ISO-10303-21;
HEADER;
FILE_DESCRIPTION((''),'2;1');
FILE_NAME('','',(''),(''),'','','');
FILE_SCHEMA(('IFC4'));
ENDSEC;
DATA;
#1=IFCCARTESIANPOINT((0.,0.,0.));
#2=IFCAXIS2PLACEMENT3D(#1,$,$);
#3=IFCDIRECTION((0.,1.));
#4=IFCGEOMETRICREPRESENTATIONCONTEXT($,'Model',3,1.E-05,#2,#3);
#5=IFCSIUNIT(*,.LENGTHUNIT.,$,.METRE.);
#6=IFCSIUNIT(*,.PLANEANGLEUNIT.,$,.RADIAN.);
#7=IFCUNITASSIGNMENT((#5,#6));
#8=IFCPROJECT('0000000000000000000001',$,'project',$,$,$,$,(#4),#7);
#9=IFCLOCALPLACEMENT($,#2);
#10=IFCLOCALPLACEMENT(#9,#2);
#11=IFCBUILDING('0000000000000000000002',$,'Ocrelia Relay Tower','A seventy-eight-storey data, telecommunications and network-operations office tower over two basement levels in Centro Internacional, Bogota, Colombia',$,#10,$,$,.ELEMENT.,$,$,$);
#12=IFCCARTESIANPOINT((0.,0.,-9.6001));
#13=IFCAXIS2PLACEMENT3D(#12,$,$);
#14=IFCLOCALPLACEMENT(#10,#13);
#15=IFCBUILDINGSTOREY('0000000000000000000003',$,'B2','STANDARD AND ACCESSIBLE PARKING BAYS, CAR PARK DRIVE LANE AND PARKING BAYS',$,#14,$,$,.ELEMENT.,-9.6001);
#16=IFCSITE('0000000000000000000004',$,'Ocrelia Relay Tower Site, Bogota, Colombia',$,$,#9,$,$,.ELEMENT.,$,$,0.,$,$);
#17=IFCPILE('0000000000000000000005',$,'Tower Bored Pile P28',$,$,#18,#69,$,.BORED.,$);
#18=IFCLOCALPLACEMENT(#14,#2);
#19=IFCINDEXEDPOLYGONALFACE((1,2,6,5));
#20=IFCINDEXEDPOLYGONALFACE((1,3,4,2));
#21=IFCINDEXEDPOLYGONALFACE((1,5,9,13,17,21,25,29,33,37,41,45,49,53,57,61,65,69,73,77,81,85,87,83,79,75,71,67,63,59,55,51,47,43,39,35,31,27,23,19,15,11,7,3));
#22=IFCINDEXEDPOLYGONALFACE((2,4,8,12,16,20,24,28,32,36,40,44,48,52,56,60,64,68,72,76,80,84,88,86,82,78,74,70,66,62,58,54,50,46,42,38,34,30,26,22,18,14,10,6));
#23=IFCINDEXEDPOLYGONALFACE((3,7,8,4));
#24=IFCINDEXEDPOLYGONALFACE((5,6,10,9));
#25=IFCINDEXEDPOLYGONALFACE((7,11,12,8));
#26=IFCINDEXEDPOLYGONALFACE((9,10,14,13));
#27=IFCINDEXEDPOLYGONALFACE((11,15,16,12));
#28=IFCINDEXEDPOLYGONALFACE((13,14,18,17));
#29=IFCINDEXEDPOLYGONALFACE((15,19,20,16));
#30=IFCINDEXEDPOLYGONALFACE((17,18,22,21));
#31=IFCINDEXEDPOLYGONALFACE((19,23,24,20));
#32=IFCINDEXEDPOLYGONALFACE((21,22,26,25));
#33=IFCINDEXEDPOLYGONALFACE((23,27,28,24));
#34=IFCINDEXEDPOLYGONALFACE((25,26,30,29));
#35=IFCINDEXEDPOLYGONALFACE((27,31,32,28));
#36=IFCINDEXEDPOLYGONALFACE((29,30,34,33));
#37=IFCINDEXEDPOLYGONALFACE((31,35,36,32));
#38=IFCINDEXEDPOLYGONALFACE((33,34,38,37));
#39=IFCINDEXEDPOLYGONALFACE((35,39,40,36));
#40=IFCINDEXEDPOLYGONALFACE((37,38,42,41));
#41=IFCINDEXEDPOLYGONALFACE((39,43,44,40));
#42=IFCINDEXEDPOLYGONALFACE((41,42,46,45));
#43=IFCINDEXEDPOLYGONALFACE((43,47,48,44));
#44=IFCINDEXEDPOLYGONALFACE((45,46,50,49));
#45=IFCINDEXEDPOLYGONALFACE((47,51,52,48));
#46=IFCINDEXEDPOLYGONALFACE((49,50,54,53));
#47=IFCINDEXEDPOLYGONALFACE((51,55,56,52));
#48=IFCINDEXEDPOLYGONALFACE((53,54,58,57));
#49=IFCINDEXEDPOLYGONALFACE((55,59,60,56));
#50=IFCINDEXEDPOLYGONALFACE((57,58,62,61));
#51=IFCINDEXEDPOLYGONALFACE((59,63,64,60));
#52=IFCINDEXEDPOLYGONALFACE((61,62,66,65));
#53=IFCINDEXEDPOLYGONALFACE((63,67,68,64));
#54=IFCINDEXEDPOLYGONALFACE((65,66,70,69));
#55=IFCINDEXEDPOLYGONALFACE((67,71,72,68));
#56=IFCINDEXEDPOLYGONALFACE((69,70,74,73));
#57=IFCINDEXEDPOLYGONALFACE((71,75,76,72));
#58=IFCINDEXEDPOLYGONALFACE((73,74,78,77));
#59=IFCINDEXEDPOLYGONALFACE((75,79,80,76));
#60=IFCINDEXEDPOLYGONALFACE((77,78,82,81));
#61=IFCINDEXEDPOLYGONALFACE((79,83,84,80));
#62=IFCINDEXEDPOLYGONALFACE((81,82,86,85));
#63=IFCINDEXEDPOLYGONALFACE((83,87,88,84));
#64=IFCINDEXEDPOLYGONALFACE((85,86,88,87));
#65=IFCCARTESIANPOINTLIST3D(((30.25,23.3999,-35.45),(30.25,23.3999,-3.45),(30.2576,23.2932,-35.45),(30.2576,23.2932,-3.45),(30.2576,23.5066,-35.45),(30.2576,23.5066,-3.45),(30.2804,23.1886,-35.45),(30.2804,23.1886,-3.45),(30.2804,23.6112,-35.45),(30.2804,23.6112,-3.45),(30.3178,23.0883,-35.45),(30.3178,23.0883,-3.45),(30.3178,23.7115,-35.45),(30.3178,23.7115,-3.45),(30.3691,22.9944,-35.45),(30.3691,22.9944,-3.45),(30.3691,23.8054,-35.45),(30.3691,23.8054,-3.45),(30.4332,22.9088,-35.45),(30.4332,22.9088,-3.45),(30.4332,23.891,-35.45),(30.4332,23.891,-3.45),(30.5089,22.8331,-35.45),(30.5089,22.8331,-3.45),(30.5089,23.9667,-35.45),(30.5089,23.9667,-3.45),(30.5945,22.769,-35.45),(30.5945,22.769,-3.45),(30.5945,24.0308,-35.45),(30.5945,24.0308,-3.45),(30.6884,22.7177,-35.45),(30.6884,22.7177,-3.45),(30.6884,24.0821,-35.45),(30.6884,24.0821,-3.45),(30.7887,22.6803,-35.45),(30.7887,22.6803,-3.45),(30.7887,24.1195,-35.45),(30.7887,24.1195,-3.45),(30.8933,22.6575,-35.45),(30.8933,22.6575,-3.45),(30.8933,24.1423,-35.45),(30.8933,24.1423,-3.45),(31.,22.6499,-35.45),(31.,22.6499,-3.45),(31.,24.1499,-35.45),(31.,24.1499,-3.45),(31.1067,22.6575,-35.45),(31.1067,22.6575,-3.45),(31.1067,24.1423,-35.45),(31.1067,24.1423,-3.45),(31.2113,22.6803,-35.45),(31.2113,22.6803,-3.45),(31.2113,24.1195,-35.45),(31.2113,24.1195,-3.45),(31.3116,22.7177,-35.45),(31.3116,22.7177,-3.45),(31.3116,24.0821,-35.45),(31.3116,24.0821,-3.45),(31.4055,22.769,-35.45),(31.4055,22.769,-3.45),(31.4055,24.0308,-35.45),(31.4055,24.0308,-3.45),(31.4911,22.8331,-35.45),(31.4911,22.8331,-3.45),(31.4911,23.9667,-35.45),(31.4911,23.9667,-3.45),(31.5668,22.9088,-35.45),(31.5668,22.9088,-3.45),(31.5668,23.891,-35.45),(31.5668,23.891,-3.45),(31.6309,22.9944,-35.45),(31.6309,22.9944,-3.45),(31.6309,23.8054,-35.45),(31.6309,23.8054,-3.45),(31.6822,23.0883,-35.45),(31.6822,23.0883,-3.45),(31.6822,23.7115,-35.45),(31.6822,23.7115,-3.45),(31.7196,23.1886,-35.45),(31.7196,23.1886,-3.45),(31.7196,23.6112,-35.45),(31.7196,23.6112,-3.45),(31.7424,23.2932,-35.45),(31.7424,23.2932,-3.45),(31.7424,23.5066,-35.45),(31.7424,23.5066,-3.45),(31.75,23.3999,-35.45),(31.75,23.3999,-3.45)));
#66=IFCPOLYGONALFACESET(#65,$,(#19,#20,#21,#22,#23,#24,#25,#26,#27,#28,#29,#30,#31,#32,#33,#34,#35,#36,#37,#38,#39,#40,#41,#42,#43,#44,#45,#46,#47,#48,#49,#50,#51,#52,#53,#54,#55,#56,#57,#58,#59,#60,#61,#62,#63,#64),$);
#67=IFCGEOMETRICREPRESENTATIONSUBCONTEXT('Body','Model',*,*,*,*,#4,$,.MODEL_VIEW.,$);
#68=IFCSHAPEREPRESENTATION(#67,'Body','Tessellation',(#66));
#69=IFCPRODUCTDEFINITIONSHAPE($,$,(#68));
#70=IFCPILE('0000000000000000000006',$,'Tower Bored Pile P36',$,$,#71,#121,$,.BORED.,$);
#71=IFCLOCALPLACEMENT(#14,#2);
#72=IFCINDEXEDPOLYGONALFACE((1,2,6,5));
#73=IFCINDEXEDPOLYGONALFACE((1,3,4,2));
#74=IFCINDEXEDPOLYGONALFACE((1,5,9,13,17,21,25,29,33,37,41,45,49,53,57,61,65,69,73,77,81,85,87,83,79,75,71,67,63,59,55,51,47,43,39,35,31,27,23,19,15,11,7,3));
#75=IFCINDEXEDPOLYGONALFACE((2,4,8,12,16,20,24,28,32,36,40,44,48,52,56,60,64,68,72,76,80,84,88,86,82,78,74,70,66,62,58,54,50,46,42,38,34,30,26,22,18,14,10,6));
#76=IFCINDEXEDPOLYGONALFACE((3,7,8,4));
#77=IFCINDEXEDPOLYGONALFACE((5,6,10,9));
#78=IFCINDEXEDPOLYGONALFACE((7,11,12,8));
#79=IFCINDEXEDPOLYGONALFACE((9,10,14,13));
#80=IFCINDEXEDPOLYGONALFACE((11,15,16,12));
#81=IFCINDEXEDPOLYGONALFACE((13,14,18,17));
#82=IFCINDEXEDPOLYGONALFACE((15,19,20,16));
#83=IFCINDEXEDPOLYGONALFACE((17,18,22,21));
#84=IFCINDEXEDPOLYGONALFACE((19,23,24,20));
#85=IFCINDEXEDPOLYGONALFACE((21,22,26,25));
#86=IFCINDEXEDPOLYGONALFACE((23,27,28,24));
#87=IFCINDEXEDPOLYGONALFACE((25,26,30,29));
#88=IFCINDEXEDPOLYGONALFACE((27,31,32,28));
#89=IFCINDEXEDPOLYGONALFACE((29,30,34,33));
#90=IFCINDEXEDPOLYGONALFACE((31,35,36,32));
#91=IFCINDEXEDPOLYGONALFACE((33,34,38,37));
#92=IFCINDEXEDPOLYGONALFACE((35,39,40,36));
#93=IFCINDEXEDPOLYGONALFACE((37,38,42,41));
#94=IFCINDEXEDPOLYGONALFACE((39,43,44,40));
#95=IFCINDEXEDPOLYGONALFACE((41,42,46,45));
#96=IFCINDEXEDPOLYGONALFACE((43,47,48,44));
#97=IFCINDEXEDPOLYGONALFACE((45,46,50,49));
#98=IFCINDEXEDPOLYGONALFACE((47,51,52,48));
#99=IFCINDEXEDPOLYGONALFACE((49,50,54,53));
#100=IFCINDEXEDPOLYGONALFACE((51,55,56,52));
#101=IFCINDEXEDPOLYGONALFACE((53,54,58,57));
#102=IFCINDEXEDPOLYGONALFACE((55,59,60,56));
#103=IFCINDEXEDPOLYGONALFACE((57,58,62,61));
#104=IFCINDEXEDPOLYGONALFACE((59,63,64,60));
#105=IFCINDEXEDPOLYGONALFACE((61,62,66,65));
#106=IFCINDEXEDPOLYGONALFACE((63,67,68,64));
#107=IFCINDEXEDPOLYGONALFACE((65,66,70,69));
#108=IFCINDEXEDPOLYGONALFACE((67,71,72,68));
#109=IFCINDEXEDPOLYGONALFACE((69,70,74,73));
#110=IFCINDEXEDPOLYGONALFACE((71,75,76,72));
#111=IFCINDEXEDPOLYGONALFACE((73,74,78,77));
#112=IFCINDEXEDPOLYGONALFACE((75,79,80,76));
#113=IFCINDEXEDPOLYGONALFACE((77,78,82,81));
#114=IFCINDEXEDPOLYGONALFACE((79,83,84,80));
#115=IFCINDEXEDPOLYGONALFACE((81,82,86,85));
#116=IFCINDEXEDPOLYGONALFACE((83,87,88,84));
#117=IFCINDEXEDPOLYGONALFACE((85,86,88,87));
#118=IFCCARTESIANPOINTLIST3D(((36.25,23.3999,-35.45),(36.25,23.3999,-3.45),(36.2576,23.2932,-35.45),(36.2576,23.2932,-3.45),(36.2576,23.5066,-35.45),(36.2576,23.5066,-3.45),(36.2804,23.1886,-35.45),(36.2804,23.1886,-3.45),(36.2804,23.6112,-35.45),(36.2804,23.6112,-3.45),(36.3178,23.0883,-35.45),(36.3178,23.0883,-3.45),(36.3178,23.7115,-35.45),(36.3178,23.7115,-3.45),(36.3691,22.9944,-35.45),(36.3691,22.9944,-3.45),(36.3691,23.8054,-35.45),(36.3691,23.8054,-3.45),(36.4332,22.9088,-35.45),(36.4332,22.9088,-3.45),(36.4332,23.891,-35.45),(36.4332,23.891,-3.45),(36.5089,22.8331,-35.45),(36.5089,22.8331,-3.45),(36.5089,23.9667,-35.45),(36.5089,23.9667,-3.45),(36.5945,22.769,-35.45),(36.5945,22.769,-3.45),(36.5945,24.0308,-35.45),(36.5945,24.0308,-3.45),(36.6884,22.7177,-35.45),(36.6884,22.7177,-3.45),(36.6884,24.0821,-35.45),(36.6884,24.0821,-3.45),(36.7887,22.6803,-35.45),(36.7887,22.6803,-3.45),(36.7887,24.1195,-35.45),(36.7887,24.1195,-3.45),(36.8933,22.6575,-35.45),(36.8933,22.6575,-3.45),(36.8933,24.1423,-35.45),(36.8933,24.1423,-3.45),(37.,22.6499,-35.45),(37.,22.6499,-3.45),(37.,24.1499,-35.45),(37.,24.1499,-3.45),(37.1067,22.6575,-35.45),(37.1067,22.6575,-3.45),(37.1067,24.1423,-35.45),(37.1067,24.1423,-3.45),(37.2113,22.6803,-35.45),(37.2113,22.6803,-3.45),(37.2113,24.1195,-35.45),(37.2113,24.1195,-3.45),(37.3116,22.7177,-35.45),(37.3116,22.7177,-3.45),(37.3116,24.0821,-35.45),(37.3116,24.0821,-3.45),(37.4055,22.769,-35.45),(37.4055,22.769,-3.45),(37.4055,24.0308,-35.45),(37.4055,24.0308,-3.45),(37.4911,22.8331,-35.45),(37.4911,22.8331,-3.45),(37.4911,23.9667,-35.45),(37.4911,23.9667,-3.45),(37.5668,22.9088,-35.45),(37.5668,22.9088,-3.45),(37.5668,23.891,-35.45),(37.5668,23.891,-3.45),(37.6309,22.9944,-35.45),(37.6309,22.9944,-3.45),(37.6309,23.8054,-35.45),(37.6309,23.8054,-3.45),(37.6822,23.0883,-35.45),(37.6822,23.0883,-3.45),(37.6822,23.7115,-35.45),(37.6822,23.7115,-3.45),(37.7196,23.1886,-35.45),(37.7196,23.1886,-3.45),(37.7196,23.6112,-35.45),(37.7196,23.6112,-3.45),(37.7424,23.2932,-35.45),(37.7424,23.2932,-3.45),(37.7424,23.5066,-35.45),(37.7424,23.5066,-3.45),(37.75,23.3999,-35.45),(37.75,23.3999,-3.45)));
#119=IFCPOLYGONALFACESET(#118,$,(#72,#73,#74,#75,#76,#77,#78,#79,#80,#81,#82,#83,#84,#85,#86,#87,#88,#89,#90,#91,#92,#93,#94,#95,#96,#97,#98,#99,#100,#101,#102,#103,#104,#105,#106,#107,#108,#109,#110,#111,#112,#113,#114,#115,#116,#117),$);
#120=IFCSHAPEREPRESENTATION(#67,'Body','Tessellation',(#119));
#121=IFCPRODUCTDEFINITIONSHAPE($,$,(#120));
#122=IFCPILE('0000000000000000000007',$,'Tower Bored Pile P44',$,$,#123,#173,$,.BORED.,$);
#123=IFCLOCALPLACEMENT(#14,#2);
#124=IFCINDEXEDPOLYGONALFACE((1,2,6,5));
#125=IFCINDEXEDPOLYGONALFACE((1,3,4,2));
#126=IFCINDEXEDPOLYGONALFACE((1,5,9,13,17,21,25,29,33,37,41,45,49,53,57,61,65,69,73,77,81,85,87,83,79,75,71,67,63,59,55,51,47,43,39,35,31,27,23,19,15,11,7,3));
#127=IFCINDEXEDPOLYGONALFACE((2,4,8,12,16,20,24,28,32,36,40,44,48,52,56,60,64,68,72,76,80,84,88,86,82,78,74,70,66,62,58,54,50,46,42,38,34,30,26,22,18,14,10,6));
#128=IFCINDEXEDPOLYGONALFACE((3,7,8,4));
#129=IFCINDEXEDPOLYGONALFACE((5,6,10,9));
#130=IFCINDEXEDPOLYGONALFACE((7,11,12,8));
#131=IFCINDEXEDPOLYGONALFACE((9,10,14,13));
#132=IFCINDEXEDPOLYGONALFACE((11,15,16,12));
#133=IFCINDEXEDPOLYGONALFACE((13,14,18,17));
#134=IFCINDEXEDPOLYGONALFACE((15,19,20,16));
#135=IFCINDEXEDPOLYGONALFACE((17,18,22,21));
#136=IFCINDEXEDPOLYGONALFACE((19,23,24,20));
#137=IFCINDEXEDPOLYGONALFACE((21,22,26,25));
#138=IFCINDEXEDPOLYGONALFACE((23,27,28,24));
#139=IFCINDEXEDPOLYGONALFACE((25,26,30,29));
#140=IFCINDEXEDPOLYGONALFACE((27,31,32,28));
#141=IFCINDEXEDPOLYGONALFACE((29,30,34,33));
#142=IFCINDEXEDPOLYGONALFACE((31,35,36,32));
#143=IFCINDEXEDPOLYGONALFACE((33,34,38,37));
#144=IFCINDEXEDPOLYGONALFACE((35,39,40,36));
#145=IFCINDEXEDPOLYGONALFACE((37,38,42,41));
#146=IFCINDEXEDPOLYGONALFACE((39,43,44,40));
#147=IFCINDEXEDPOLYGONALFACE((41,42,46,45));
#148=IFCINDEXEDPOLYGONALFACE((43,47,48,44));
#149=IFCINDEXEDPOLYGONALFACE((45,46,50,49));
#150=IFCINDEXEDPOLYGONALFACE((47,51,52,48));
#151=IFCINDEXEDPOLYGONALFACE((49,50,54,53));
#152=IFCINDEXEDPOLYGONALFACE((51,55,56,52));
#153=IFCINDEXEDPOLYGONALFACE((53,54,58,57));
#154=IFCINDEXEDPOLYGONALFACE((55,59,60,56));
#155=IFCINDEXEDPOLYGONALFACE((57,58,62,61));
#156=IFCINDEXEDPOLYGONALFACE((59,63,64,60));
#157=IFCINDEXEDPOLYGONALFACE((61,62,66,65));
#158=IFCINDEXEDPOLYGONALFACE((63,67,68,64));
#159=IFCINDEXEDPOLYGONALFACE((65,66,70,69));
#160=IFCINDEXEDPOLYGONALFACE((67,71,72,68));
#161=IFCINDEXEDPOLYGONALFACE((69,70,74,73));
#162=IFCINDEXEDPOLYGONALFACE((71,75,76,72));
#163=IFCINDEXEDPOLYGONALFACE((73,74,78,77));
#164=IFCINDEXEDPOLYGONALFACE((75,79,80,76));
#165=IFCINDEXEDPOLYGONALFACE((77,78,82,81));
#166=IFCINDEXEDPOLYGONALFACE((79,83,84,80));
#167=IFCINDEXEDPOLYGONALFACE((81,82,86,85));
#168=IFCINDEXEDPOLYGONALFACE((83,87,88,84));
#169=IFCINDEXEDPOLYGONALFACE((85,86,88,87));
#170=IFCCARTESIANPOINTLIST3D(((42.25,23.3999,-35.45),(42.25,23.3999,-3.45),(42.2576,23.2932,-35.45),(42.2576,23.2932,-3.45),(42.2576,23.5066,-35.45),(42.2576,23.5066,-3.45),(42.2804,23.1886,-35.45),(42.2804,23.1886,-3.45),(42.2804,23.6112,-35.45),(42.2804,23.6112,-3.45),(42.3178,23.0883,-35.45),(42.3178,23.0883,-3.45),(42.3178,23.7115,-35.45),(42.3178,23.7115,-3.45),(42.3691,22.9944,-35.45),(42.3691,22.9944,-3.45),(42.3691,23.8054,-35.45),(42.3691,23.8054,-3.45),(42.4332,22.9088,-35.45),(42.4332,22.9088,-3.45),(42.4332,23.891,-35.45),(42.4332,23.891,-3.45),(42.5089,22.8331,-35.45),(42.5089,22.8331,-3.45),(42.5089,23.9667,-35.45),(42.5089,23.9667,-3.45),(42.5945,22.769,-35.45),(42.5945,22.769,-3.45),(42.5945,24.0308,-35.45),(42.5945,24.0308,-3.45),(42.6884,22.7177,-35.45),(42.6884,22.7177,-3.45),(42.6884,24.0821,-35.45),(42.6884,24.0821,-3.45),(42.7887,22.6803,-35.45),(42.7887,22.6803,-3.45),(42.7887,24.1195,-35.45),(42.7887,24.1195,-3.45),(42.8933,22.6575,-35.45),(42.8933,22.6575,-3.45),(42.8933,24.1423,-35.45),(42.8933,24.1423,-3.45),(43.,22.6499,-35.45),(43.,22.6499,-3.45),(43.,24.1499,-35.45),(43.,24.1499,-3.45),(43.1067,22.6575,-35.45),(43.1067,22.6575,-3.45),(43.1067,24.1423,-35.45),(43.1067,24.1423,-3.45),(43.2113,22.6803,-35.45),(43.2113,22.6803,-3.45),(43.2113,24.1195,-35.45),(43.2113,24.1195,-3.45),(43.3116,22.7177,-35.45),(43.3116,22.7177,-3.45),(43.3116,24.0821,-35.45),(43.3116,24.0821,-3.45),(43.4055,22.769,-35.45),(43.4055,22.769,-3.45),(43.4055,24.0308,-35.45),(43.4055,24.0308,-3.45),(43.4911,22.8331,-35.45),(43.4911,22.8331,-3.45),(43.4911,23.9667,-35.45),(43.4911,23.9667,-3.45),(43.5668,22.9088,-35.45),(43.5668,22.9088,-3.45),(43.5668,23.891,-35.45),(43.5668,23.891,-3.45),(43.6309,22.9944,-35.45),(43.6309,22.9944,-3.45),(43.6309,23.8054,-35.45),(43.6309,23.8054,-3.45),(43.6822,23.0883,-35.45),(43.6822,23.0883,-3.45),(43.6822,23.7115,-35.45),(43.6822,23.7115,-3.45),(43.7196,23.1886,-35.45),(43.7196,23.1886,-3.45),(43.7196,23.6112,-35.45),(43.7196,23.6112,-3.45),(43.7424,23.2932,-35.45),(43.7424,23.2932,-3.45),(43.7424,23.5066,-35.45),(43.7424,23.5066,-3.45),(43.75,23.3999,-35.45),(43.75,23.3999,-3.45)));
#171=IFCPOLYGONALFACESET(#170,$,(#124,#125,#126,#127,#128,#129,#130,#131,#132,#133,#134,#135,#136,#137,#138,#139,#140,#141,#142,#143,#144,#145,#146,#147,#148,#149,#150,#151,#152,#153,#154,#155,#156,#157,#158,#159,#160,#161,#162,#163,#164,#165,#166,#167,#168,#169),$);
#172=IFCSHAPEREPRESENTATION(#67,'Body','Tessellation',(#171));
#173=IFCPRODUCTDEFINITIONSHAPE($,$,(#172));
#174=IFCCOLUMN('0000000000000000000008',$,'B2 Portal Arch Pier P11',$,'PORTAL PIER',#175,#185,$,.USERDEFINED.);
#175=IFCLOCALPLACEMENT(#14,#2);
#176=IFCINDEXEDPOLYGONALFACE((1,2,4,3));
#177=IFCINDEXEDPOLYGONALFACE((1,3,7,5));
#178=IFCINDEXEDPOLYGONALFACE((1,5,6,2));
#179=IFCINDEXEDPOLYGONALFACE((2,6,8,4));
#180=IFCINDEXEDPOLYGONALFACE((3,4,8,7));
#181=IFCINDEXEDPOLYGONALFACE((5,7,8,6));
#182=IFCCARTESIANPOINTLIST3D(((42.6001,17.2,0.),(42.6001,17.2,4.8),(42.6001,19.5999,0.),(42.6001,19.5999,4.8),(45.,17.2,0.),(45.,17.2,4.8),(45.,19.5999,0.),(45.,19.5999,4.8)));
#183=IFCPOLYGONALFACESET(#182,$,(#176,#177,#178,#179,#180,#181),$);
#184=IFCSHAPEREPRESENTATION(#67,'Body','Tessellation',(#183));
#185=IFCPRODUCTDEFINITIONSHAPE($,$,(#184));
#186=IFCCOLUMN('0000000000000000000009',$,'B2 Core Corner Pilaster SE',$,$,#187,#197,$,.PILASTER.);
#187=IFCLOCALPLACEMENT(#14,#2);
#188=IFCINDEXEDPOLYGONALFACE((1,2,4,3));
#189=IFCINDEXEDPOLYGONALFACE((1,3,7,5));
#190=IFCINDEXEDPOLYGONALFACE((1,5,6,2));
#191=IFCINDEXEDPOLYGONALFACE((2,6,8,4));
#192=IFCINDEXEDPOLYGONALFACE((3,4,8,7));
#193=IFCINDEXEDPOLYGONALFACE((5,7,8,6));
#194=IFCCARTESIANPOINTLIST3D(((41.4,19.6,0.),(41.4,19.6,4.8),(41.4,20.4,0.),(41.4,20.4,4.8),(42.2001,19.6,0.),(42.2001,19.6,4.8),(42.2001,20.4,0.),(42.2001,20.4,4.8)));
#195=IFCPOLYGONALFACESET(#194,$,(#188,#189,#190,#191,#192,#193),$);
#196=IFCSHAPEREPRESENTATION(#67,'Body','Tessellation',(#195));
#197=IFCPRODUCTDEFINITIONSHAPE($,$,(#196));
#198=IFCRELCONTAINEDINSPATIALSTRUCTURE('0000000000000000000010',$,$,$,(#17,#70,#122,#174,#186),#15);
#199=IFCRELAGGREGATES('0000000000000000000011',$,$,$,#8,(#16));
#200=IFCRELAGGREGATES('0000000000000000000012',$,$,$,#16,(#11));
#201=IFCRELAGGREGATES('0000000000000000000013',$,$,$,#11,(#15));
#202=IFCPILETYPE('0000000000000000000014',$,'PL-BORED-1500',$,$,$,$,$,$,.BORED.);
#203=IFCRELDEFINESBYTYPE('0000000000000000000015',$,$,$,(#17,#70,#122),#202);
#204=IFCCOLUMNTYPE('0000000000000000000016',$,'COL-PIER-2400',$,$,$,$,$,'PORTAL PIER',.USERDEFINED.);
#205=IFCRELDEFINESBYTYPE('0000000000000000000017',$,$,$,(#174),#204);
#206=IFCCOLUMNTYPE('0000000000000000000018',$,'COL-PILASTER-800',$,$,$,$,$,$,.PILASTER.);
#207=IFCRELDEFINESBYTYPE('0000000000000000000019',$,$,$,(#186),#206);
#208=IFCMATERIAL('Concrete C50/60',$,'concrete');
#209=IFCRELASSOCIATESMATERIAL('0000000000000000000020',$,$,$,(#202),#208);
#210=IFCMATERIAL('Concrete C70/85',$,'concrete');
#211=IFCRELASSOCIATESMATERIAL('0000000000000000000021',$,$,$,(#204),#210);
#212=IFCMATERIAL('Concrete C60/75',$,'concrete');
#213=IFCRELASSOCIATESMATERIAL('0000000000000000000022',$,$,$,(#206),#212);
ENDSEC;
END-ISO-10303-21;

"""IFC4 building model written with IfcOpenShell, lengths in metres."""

from ifc_helpers import new_model, si_unit, direction, frame, origin, origin_2d, place, context, subcontext, project, spatial, rectangle, circle, extrude, material, material_profile, profile_set, type_object, element, save


model = new_model("IFC4")

# Units and contexts
model_context = context("Model", 3, precision=1e-05, world=origin(), true_north=direction((0.0, 1.0)))
body_context = subcontext(model_context, "Body", "Model", "MODEL_VIEW")
ifc_project = project(units=[si_unit("LENGTHUNIT", "METRE"), si_unit("PLANEANGLEUNIT", "RADIAN")], contexts=[model_context])

# Site, building, storey
site_placement = place(None, origin())
site = spatial("IfcSite", under=ifc_project, at=site_placement, Name="Ocrelia Relay Tower Site, Bogota, Colombia", CompositionType="ELEMENT", RefElevation=0.0)
building_placement = place(site_placement, origin())
building = spatial("IfcBuilding", under=site, at=building_placement, Name="Ocrelia Relay Tower", Description="A seventy-eight-storey data, telecommunications and network-operations office tower over two basement levels in Centro Internacional, Bogota, Colombia", CompositionType="ELEMENT")
storey_placement = place(building_placement, frame((0.0, 0.0, -9.6001)))
storey = spatial("IfcBuildingStorey", under=building, at=storey_placement, Name="B2", Description="STANDARD AND ACCESSIBLE PARKING BAYS, CAR PARK DRIVE LANE AND PARKING BAYS", CompositionType="ELEMENT", Elevation=-9.6001)

# Piles
ifc_material_1 = material(Name="Concrete C50/60", Category="concrete")
ifc_material_profile_1 = material_profile(ifc_material_1, circle(Radius=0.75, at=origin_2d()), Name="PILE-1500")
ifc_profile_set_1 = profile_set([ifc_material_profile_1], Name="Concrete C50/60")
pile_type = type_object("IfcPileType", Name="PL-BORED-1500", PredefinedType="BORED", material=ifc_profile_set_1)
for number, where, z_axis, x_axis, name in (
    (1, (31.0, 23.3999, -3.45), (0.0, 0.0, -1.0), (1.0, 0.0, 0.0), "Tower Bored Pile P28"),
    (2, (37.0, 23.3999, -3.45), (0.0, 0.0, -1.0), (1.0, 0.0, 0.0), "Tower Bored Pile P36"),
    (3, (43.0, 23.3999, -3.45), (0.0, 0.0, -1.0), (1.0, 0.0, 0.0), "Tower Bored Pile P44"),
):
    element("IfcPile", number, at=place(storey_placement, frame(where, z_axis=z_axis, x_axis=x_axis)), inside=storey, type_object=pile_type, Name=name, PredefinedType="BORED", context=body_context, shape_type="SweptSolid", body=[
        extrude(circle(Radius=0.75, at=origin_2d()), origin(), (0.0, 0.0, 1.0), 32.0),
    ])

# Columns
ifc_material_2 = material(Name="Concrete C70/85", Category="concrete")
ifc_material_profile_2 = material_profile(ifc_material_2, rectangle(XDim=2.3999, YDim=2.3999, at=origin_2d()), Name="RC-PIER-2400x2400")
ifc_profile_set_2 = profile_set([ifc_material_profile_2], Name="Concrete C70/85")
column_type_1 = type_object("IfcColumnType", Name="COL-PIER-2400", ElementType="PORTAL PIER", PredefinedType="USERDEFINED", material=ifc_profile_set_2)
column_1_placement = place(storey_placement, frame((43.8, 18.3999, 0.0), z_axis=(0.0, 0.0, 1.0), x_axis=(1.0, 0.0, 0.0)))
element("IfcColumn", 4, at=column_1_placement, inside=storey, type_object=column_type_1, Name="B2 Portal Arch Pier P11", ObjectType="PORTAL PIER", PredefinedType="USERDEFINED", context=body_context, shape_type="SweptSolid", body=[
    extrude(rectangle(XDim=2.3999, YDim=2.3999, at=origin_2d()), origin(), (0.0, 0.0, 1.0), 4.8),
])
ifc_material_3 = material(Name="Concrete C60/75", Category="concrete")
ifc_material_profile_3 = material_profile(ifc_material_3, rectangle(XDim=0.8, YDim=0.8, at=origin_2d()), Name="RC-COL-800x800")
ifc_profile_set_3 = profile_set([ifc_material_profile_3], Name="Concrete C60/75")
column_type_2 = type_object("IfcColumnType", Name="COL-PILASTER-800", PredefinedType="PILASTER", material=ifc_profile_set_3)
column_2_placement = place(storey_placement, frame((41.8, 20.0, 0.0), z_axis=(0.0, 0.0, 1.0), x_axis=(1.0, 0.0, 0.0)))
element("IfcColumn", 5, at=column_2_placement, inside=storey, type_object=column_type_2, Name="B2 Core Corner Pilaster SE", PredefinedType="PILASTER", context=body_context, shape_type="SweptSolid", body=[
    extrude(rectangle(XDim=0.8, YDim=0.8, at=origin_2d()), origin(), (0.0, 0.0, 1.0), 4.8),
])

save(model, "model.ifc")
